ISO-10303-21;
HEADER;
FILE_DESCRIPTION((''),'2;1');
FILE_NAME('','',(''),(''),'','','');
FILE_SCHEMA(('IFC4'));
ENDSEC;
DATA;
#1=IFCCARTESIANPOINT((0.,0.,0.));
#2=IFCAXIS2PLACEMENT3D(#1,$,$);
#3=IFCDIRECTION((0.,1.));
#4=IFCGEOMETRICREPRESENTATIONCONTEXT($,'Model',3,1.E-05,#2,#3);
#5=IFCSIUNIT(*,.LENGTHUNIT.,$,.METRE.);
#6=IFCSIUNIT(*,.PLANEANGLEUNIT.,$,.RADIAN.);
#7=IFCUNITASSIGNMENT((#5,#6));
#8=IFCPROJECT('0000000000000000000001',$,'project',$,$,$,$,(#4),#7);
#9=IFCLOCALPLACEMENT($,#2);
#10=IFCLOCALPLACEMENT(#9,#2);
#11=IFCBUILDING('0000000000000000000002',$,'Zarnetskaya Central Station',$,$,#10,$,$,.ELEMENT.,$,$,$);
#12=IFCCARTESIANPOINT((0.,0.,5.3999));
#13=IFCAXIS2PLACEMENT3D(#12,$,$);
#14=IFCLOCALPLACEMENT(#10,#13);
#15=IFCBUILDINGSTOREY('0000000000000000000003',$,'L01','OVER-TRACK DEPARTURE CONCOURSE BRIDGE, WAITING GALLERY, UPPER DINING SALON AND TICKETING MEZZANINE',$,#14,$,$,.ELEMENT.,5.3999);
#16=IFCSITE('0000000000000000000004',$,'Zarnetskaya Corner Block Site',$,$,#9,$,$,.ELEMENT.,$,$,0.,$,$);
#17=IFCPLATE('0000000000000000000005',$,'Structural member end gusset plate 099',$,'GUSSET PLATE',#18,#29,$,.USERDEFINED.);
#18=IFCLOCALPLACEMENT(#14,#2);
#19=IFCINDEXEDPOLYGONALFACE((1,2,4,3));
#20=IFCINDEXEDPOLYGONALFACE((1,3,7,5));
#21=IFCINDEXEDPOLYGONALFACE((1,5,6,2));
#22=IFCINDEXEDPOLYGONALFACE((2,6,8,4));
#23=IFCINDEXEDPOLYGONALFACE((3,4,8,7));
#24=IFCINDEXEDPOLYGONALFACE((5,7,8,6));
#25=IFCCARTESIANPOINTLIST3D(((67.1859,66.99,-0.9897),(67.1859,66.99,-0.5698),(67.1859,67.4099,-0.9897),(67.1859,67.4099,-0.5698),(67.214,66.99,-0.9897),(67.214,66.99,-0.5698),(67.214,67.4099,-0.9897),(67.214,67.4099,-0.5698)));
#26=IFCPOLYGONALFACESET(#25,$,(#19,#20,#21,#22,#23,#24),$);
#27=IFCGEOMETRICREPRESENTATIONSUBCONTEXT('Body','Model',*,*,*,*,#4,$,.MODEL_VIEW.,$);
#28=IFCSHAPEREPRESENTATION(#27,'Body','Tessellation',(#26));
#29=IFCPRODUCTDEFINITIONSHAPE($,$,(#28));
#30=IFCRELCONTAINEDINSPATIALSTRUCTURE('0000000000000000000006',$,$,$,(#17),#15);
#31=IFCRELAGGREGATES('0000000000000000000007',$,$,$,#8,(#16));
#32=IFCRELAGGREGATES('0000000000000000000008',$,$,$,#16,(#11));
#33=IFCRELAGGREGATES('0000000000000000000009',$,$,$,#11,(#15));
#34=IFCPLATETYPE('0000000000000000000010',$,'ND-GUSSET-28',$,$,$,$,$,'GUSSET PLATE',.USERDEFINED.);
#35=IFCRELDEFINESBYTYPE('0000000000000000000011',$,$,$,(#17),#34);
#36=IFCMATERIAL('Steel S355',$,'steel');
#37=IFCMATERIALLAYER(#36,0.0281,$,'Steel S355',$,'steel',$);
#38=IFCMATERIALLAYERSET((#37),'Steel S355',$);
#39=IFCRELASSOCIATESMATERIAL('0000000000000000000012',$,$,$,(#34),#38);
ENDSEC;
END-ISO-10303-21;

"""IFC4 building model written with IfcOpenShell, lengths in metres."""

from ifc_helpers import new_model, si_unit, direction, frame, origin, origin_2d, place, context, subcontext, project, spatial, rectangle, extrude, material, layer, layer_set, type_object, element, save


model = new_model("IFC4")

# Units and contexts
model_context = context("Model", 3, precision=1e-05, world=origin(), true_north=direction((0.0, 1.0)))
body_context = subcontext(model_context, "Body", "Model", "MODEL_VIEW")
ifc_project = project(units=[si_unit("LENGTHUNIT", "METRE"), si_unit("PLANEANGLEUNIT", "RADIAN")], contexts=[model_context])

# Site, building, storey
site_placement = place(None, origin())
site = spatial("IfcSite", under=ifc_project, at=site_placement, Name="Zarnetskaya Corner Block Site", CompositionType="ELEMENT", RefElevation=0.0)
building_placement = place(site_placement, origin())
building = spatial("IfcBuilding", under=site, at=building_placement, Name="Zarnetskaya Central Station", CompositionType="ELEMENT")
storey_placement = place(building_placement, frame((0.0, 0.0, 5.3999)))
storey = spatial("IfcBuildingStorey", under=building, at=storey_placement, Name="L01", Description="OVER-TRACK DEPARTURE CONCOURSE BRIDGE, WAITING GALLERY, UPPER DINING SALON AND TICKETING MEZZANINE", CompositionType="ELEMENT", Elevation=5.3999)

# Shared definitions
ifc_material_1 = material(Name="Steel S355", Category="steel")

# Plate
ifc_layer_1 = layer(ifc_material_1, 0.0281, Name="Steel S355", Category="steel")
ifc_layer_set_1 = layer_set([ifc_layer_1], Name="Steel S355")
plate_type_1 = type_object("IfcPlateType", Name="ND-GUSSET-28", ElementType="GUSSET PLATE", PredefinedType="USERDEFINED", material=ifc_layer_set_1)
for number, where, z_axis, x_axis, name in (
    (1, (67.2, 67.2, -0.9897), (0.0, 0.0, 1.0), (1.0, 0.0, 0.0), "Structural member end gusset plate 099"),
):
    element("IfcPlate", number, at=place(storey_placement, frame(where, z_axis=z_axis, x_axis=x_axis)), inside=storey, type_object=plate_type_1, Name=name, ObjectType="GUSSET PLATE", PredefinedType="USERDEFINED", context=body_context, shape_type="SweptSolid", body=[
        extrude(rectangle(XDim=0.0281, YDim=0.4199, at=origin_2d()), origin(), (0.0, 0.0, 1.0), 0.4199),
    ])

save(model, "model.ifc")
